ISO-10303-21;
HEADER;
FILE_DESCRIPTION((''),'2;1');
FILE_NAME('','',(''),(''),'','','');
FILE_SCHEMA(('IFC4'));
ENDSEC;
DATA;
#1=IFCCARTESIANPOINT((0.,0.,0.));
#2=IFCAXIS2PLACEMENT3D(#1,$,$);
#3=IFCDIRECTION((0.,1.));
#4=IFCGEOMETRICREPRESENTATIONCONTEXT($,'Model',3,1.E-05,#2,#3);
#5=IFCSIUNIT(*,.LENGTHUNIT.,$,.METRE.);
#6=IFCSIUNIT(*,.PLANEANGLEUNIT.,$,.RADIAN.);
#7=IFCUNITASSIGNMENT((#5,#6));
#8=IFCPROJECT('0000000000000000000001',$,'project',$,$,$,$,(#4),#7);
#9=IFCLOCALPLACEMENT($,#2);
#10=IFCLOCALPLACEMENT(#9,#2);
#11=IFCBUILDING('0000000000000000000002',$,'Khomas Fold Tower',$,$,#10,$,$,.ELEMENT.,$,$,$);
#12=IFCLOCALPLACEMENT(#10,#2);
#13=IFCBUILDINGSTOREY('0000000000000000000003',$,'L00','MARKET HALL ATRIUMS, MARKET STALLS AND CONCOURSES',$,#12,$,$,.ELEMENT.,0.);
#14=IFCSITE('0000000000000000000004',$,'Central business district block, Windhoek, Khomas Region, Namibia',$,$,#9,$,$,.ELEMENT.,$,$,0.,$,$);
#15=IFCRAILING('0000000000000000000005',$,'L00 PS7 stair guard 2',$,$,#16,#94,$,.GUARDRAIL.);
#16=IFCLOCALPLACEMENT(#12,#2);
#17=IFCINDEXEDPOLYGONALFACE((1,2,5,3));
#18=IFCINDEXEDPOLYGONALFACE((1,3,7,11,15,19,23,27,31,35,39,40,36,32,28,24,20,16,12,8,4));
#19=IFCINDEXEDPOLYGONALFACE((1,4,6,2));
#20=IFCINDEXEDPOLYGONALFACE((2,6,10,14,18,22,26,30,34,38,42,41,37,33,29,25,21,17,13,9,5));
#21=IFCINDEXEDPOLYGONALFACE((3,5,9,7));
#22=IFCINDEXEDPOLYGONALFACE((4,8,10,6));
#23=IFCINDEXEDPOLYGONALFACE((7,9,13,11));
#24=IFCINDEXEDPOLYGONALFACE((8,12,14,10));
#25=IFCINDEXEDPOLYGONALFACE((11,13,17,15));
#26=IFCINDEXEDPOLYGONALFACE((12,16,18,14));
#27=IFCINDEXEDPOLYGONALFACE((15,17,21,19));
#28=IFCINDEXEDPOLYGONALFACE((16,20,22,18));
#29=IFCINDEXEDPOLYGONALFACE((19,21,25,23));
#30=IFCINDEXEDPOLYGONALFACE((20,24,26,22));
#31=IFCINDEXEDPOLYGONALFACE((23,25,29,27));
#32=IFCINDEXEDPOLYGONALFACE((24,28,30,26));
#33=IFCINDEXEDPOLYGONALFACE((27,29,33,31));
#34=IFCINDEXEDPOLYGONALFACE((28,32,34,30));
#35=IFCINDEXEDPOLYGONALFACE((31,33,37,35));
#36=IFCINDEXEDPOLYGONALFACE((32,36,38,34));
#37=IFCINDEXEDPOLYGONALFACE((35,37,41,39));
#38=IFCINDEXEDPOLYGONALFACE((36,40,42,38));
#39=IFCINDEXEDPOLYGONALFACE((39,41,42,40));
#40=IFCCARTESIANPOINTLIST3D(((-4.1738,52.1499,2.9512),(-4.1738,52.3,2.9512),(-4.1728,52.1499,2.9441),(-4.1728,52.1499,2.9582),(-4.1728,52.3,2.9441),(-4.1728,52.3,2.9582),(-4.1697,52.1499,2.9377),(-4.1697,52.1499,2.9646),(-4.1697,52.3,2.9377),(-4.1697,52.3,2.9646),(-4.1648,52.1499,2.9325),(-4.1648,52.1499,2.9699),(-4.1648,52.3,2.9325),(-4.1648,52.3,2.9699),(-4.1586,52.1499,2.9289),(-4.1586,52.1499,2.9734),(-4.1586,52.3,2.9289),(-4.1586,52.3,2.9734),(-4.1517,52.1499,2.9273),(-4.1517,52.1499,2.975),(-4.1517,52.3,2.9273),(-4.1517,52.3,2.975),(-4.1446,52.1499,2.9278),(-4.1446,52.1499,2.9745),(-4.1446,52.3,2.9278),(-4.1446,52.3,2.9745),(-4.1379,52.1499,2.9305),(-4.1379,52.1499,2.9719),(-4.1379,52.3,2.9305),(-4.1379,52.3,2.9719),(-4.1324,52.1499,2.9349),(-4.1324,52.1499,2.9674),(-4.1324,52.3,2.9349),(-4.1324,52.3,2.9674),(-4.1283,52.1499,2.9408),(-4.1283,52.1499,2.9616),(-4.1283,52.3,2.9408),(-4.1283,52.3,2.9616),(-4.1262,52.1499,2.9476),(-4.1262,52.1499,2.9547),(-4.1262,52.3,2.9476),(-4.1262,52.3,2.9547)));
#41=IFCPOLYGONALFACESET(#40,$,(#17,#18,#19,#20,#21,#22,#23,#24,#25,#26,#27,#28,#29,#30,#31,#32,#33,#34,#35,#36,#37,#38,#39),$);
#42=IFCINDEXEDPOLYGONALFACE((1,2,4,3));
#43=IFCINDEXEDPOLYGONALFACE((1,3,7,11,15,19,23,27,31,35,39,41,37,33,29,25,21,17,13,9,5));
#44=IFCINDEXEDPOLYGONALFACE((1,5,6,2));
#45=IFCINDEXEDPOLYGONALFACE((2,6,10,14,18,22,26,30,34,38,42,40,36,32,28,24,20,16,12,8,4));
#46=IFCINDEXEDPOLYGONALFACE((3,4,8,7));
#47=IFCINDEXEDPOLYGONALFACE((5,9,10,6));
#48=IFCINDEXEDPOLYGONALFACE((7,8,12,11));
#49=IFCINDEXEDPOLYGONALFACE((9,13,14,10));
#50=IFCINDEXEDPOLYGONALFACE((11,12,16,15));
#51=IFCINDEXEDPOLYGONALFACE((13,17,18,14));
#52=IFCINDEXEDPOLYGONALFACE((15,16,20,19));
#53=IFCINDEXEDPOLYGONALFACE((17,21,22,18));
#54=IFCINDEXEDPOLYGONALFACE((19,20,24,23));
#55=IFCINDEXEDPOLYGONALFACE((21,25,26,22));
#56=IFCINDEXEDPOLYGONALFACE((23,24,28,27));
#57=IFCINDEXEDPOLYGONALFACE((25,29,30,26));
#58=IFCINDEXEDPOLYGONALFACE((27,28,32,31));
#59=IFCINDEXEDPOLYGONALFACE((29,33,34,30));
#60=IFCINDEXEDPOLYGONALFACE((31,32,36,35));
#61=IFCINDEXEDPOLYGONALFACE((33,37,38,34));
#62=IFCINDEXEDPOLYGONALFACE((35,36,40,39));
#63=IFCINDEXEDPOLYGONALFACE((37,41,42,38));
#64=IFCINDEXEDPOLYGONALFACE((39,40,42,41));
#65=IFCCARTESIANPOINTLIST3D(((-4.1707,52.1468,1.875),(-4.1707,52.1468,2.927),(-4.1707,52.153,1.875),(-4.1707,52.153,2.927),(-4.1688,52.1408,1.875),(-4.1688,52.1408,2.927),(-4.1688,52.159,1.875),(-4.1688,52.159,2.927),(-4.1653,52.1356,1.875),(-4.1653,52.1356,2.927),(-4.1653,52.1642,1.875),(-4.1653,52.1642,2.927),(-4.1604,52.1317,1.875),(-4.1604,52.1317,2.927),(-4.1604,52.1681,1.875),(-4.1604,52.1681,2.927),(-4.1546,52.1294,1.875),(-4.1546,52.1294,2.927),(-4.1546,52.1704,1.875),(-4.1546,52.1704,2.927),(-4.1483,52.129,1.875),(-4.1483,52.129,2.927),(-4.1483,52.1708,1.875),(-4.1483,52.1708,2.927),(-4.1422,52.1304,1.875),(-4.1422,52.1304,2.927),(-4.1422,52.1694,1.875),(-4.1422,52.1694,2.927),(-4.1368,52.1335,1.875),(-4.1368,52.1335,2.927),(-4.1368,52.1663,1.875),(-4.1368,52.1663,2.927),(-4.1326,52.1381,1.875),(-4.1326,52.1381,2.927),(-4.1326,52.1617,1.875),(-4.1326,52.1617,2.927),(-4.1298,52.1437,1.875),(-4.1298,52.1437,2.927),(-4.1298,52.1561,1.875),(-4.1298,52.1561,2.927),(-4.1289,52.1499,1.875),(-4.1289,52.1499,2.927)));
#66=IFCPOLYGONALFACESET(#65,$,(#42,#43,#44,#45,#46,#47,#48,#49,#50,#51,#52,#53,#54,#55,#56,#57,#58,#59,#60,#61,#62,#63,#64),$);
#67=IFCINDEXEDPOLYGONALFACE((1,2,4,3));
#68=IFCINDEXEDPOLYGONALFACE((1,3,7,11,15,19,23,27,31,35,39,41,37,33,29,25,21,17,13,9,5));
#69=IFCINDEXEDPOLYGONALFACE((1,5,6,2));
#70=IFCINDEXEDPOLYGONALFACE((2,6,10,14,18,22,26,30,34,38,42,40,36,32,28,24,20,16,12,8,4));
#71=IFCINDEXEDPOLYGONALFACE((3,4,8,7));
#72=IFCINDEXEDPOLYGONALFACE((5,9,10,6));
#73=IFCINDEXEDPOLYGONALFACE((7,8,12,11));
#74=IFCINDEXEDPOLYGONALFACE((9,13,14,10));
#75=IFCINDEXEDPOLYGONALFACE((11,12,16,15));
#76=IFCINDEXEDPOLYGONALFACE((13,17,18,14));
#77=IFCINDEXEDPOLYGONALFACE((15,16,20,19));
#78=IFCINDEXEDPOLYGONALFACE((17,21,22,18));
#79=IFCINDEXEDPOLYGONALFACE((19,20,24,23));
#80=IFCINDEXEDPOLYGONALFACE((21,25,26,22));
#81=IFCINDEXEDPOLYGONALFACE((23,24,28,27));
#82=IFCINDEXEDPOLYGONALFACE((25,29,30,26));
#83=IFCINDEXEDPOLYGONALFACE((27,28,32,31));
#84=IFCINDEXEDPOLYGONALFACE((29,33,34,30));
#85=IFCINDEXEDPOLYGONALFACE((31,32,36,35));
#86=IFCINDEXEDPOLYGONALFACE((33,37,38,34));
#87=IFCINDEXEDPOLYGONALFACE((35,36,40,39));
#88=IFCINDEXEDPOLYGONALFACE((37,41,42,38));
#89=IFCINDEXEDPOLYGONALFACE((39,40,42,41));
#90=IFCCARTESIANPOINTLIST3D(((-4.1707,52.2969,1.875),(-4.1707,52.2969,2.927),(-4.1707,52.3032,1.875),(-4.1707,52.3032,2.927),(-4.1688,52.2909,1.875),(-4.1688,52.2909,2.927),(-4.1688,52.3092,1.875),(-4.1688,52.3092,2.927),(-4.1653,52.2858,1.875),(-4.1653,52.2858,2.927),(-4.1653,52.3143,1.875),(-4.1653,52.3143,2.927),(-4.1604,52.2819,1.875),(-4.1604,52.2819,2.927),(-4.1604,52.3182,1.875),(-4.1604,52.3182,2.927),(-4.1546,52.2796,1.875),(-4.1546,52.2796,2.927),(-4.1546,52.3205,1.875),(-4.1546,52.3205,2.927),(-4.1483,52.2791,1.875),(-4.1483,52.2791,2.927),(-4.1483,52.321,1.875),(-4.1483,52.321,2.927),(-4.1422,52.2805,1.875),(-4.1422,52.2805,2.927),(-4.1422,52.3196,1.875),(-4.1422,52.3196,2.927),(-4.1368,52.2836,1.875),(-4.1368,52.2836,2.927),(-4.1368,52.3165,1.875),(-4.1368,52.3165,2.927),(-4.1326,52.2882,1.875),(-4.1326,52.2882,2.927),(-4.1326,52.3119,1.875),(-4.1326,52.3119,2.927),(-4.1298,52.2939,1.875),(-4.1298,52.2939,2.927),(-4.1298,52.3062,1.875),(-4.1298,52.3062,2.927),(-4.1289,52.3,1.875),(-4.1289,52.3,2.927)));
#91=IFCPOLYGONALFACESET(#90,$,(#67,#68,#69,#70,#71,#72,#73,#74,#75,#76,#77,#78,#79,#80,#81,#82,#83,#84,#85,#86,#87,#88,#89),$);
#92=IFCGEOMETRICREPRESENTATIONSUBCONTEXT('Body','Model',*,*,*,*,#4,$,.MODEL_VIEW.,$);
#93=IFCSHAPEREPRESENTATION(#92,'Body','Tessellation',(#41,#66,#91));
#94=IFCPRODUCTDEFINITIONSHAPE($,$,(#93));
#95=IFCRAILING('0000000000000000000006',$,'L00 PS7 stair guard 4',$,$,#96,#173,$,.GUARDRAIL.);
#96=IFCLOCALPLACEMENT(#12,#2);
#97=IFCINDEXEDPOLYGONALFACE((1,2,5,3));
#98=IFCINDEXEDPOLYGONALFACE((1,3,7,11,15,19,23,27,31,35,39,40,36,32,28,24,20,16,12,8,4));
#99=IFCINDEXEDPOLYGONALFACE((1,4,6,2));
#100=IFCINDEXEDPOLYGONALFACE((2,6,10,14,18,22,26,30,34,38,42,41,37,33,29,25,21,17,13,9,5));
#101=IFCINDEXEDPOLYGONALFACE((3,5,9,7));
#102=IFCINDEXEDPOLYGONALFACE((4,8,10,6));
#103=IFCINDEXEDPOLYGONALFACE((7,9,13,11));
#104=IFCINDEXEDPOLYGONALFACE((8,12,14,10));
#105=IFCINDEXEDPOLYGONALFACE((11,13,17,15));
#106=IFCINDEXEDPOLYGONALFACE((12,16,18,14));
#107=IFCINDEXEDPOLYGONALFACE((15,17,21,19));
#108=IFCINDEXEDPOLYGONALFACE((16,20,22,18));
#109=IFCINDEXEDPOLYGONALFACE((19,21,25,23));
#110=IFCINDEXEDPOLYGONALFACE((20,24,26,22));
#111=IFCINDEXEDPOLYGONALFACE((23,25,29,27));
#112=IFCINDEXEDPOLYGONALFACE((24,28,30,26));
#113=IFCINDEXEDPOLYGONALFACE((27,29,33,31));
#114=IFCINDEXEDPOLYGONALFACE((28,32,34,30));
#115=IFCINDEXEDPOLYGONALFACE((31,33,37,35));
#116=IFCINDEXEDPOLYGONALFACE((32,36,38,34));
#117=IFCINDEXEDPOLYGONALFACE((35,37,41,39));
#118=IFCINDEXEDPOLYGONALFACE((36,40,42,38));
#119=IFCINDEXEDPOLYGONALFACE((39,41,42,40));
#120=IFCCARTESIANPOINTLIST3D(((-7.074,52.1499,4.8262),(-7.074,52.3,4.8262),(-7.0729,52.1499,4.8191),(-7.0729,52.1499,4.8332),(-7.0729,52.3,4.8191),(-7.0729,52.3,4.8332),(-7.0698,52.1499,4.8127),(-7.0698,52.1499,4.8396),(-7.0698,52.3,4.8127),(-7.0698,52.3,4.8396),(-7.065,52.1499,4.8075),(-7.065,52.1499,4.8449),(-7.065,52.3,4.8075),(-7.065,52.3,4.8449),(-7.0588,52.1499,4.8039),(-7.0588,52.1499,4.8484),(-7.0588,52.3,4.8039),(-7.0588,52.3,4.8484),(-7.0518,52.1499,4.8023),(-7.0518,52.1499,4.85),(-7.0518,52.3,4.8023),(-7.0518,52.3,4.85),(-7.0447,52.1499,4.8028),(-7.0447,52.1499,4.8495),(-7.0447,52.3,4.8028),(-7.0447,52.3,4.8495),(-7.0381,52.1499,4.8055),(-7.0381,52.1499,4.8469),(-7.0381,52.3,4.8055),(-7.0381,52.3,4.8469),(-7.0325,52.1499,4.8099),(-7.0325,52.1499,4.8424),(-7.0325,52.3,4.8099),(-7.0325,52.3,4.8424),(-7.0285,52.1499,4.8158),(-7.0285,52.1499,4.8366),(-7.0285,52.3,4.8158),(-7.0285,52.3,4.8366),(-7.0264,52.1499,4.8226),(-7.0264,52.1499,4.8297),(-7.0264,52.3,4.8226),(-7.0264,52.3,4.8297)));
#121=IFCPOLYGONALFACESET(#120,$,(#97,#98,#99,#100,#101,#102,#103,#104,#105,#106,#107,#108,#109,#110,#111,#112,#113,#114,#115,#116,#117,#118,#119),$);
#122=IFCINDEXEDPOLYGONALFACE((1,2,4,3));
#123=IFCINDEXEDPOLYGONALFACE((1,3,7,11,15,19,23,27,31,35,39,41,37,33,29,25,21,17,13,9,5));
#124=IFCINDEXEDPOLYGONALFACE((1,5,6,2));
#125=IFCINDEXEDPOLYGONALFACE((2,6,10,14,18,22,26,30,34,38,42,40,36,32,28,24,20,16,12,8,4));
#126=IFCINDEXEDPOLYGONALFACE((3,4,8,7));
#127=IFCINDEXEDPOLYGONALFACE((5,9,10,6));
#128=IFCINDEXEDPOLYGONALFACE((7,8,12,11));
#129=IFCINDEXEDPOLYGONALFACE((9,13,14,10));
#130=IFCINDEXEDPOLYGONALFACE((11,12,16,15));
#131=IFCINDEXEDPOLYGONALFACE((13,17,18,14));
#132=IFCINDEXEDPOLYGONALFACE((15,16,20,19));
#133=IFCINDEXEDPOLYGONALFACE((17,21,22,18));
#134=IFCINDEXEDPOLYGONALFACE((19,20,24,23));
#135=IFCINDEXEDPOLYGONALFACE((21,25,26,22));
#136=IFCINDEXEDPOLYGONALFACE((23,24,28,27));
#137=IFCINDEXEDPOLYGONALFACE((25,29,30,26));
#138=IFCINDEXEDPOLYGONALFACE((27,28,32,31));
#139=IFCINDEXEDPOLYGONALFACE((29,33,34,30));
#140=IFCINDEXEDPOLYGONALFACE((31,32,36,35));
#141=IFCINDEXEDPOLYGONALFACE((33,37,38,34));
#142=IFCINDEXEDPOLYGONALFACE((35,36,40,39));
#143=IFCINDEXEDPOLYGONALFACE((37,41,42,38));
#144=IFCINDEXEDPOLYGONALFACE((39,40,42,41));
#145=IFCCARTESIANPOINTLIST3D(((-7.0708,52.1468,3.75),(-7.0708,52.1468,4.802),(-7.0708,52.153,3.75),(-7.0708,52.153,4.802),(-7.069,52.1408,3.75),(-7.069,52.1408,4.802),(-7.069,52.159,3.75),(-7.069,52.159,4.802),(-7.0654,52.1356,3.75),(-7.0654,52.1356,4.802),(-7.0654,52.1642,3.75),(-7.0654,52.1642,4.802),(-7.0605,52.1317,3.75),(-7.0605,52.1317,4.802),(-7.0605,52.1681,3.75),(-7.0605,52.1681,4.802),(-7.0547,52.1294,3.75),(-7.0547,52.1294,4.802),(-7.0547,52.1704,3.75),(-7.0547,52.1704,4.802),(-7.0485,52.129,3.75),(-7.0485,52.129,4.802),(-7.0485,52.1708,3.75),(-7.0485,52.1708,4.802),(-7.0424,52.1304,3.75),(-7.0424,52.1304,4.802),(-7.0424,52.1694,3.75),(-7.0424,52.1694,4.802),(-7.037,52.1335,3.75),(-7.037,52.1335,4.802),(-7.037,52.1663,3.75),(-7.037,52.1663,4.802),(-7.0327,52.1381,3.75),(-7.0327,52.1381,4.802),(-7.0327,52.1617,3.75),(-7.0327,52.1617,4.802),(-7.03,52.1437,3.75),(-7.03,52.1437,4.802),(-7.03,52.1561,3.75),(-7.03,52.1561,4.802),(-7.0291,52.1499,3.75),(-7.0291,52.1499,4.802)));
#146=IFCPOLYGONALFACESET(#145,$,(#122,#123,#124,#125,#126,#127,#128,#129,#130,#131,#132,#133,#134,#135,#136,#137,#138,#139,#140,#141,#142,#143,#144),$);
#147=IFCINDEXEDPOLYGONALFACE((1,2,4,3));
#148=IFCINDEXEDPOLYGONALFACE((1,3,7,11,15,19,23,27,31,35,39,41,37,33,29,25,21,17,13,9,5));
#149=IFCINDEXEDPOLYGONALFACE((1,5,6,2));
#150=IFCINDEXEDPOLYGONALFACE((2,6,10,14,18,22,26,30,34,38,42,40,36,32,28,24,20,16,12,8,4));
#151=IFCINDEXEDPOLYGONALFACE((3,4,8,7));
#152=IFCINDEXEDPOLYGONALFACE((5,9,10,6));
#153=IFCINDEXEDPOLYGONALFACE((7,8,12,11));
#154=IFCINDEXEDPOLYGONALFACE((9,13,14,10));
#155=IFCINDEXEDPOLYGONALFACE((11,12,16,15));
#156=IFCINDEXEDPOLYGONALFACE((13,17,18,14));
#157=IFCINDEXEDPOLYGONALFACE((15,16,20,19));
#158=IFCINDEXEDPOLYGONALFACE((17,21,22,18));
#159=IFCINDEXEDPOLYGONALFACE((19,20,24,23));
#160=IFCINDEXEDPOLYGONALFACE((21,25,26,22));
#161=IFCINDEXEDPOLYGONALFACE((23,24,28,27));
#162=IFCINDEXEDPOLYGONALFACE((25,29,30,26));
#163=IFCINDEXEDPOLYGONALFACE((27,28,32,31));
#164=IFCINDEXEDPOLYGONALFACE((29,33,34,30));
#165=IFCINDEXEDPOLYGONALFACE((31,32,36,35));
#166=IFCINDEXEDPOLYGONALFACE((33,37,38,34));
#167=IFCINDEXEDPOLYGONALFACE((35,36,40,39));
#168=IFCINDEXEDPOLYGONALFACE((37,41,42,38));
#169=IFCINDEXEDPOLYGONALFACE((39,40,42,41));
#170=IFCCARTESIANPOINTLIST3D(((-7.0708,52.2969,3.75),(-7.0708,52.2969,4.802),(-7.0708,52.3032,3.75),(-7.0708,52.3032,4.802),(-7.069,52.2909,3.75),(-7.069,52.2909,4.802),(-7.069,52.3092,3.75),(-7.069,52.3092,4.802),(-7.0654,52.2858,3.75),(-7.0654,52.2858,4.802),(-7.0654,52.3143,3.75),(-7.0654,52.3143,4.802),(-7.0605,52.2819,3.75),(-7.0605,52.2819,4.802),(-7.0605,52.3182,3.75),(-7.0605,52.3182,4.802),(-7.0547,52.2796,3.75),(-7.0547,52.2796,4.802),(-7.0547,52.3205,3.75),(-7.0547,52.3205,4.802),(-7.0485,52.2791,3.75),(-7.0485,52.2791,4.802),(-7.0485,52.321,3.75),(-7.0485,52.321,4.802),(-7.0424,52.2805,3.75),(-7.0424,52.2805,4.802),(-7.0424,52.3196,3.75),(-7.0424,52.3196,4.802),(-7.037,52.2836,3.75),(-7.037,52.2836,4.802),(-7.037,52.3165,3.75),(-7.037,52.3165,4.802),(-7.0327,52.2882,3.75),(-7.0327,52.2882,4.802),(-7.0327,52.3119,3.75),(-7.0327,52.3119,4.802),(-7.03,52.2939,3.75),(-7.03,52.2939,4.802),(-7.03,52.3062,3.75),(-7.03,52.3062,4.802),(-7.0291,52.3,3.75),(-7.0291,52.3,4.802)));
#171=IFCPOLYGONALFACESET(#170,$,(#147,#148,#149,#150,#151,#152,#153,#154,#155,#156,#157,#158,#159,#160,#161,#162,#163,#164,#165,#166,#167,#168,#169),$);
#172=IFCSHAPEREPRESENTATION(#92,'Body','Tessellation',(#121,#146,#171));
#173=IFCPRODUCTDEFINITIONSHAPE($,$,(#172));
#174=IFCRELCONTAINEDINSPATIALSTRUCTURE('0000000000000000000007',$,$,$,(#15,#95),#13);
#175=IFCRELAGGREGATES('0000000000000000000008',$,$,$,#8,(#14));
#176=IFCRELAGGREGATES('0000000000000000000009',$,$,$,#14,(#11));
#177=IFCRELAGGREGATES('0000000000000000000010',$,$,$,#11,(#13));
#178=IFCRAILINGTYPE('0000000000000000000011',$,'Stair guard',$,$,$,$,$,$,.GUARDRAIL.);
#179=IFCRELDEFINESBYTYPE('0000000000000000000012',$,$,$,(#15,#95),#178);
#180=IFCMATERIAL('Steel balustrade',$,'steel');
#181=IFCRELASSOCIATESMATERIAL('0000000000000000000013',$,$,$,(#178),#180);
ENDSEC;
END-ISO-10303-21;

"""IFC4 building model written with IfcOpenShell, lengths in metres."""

from ifc_helpers import new_model, si_unit, direction, frame, origin, origin_2d, place, context, subcontext, project, spatial, circle, extrude, source, transform, mapped, material, type_object, element, save


model = new_model("IFC4")

# Units and contexts
model_context = context("Model", 3, precision=1e-05, world=origin(), true_north=direction((0.0, 1.0)))
body_context = subcontext(model_context, "Body", "Model", "MODEL_VIEW")
ifc_project = project(units=[si_unit("LENGTHUNIT", "METRE"), si_unit("PLANEANGLEUNIT", "RADIAN")], contexts=[model_context])

# Site, building, storey
site_placement = place(None, origin())
site = spatial("IfcSite", under=ifc_project, at=site_placement, Name="Central business district block, Windhoek, Khomas Region, Namibia", CompositionType="ELEMENT", RefElevation=0.0)
building_placement = place(site_placement, origin())
building = spatial("IfcBuilding", under=site, at=building_placement, Name="Khomas Fold Tower", CompositionType="ELEMENT")
storey_placement = place(building_placement, origin())
storey = spatial("IfcBuildingStorey", under=building, at=storey_placement, Name="L00", Description="MARKET HALL ATRIUMS, MARKET STALLS AND CONCOURSES", CompositionType="ELEMENT", Elevation=0.0)

# Railings
ifc_material_1 = material(Name="Steel balustrade", Category="steel")
railing_type_1 = type_object("IfcRailingType", Name="Stair guard", PredefinedType="GUARDRAIL", material=ifc_material_1)
shared_shape_1 = source(origin(), body_context, "Body", "SweptSolid", [
    extrude(circle(Radius=0.0239, at=origin_2d()), frame((0.0, 0.0, 1.0762), z_axis=(0.0, 1.0, 0.0), x_axis=(-1.0, 0.0, 0.0)), (0.0, 0.0, 1.0), 0.1501),
    extrude(circle(Radius=0.021, at=origin_2d()), origin(), (0.0, 0.0, 1.0), 1.052),
    extrude(circle(Radius=0.021, at=origin_2d()), frame((0.0, 0.1501, 0.0)), (0.0, 0.0, 1.0), 1.052),
])
for number, where, name in (
    (1, (-4.1499, 52.1499, 1.875), "L00 PS7 stair guard 2"),
    (2, (-7.05, 52.1499, 3.75), "L00 PS7 stair guard 4"),
):
    element("IfcRailing", number, at=place(storey_placement, frame(where)), inside=storey, type_object=railing_type_1, Name=name, PredefinedType="GUARDRAIL", context=body_context, shape_type="MappedRepresentation", body=[
        mapped(shared_shape_1, transform((0.0, 0.0, 0.0))),
    ])

save(model, "model.ifc")
